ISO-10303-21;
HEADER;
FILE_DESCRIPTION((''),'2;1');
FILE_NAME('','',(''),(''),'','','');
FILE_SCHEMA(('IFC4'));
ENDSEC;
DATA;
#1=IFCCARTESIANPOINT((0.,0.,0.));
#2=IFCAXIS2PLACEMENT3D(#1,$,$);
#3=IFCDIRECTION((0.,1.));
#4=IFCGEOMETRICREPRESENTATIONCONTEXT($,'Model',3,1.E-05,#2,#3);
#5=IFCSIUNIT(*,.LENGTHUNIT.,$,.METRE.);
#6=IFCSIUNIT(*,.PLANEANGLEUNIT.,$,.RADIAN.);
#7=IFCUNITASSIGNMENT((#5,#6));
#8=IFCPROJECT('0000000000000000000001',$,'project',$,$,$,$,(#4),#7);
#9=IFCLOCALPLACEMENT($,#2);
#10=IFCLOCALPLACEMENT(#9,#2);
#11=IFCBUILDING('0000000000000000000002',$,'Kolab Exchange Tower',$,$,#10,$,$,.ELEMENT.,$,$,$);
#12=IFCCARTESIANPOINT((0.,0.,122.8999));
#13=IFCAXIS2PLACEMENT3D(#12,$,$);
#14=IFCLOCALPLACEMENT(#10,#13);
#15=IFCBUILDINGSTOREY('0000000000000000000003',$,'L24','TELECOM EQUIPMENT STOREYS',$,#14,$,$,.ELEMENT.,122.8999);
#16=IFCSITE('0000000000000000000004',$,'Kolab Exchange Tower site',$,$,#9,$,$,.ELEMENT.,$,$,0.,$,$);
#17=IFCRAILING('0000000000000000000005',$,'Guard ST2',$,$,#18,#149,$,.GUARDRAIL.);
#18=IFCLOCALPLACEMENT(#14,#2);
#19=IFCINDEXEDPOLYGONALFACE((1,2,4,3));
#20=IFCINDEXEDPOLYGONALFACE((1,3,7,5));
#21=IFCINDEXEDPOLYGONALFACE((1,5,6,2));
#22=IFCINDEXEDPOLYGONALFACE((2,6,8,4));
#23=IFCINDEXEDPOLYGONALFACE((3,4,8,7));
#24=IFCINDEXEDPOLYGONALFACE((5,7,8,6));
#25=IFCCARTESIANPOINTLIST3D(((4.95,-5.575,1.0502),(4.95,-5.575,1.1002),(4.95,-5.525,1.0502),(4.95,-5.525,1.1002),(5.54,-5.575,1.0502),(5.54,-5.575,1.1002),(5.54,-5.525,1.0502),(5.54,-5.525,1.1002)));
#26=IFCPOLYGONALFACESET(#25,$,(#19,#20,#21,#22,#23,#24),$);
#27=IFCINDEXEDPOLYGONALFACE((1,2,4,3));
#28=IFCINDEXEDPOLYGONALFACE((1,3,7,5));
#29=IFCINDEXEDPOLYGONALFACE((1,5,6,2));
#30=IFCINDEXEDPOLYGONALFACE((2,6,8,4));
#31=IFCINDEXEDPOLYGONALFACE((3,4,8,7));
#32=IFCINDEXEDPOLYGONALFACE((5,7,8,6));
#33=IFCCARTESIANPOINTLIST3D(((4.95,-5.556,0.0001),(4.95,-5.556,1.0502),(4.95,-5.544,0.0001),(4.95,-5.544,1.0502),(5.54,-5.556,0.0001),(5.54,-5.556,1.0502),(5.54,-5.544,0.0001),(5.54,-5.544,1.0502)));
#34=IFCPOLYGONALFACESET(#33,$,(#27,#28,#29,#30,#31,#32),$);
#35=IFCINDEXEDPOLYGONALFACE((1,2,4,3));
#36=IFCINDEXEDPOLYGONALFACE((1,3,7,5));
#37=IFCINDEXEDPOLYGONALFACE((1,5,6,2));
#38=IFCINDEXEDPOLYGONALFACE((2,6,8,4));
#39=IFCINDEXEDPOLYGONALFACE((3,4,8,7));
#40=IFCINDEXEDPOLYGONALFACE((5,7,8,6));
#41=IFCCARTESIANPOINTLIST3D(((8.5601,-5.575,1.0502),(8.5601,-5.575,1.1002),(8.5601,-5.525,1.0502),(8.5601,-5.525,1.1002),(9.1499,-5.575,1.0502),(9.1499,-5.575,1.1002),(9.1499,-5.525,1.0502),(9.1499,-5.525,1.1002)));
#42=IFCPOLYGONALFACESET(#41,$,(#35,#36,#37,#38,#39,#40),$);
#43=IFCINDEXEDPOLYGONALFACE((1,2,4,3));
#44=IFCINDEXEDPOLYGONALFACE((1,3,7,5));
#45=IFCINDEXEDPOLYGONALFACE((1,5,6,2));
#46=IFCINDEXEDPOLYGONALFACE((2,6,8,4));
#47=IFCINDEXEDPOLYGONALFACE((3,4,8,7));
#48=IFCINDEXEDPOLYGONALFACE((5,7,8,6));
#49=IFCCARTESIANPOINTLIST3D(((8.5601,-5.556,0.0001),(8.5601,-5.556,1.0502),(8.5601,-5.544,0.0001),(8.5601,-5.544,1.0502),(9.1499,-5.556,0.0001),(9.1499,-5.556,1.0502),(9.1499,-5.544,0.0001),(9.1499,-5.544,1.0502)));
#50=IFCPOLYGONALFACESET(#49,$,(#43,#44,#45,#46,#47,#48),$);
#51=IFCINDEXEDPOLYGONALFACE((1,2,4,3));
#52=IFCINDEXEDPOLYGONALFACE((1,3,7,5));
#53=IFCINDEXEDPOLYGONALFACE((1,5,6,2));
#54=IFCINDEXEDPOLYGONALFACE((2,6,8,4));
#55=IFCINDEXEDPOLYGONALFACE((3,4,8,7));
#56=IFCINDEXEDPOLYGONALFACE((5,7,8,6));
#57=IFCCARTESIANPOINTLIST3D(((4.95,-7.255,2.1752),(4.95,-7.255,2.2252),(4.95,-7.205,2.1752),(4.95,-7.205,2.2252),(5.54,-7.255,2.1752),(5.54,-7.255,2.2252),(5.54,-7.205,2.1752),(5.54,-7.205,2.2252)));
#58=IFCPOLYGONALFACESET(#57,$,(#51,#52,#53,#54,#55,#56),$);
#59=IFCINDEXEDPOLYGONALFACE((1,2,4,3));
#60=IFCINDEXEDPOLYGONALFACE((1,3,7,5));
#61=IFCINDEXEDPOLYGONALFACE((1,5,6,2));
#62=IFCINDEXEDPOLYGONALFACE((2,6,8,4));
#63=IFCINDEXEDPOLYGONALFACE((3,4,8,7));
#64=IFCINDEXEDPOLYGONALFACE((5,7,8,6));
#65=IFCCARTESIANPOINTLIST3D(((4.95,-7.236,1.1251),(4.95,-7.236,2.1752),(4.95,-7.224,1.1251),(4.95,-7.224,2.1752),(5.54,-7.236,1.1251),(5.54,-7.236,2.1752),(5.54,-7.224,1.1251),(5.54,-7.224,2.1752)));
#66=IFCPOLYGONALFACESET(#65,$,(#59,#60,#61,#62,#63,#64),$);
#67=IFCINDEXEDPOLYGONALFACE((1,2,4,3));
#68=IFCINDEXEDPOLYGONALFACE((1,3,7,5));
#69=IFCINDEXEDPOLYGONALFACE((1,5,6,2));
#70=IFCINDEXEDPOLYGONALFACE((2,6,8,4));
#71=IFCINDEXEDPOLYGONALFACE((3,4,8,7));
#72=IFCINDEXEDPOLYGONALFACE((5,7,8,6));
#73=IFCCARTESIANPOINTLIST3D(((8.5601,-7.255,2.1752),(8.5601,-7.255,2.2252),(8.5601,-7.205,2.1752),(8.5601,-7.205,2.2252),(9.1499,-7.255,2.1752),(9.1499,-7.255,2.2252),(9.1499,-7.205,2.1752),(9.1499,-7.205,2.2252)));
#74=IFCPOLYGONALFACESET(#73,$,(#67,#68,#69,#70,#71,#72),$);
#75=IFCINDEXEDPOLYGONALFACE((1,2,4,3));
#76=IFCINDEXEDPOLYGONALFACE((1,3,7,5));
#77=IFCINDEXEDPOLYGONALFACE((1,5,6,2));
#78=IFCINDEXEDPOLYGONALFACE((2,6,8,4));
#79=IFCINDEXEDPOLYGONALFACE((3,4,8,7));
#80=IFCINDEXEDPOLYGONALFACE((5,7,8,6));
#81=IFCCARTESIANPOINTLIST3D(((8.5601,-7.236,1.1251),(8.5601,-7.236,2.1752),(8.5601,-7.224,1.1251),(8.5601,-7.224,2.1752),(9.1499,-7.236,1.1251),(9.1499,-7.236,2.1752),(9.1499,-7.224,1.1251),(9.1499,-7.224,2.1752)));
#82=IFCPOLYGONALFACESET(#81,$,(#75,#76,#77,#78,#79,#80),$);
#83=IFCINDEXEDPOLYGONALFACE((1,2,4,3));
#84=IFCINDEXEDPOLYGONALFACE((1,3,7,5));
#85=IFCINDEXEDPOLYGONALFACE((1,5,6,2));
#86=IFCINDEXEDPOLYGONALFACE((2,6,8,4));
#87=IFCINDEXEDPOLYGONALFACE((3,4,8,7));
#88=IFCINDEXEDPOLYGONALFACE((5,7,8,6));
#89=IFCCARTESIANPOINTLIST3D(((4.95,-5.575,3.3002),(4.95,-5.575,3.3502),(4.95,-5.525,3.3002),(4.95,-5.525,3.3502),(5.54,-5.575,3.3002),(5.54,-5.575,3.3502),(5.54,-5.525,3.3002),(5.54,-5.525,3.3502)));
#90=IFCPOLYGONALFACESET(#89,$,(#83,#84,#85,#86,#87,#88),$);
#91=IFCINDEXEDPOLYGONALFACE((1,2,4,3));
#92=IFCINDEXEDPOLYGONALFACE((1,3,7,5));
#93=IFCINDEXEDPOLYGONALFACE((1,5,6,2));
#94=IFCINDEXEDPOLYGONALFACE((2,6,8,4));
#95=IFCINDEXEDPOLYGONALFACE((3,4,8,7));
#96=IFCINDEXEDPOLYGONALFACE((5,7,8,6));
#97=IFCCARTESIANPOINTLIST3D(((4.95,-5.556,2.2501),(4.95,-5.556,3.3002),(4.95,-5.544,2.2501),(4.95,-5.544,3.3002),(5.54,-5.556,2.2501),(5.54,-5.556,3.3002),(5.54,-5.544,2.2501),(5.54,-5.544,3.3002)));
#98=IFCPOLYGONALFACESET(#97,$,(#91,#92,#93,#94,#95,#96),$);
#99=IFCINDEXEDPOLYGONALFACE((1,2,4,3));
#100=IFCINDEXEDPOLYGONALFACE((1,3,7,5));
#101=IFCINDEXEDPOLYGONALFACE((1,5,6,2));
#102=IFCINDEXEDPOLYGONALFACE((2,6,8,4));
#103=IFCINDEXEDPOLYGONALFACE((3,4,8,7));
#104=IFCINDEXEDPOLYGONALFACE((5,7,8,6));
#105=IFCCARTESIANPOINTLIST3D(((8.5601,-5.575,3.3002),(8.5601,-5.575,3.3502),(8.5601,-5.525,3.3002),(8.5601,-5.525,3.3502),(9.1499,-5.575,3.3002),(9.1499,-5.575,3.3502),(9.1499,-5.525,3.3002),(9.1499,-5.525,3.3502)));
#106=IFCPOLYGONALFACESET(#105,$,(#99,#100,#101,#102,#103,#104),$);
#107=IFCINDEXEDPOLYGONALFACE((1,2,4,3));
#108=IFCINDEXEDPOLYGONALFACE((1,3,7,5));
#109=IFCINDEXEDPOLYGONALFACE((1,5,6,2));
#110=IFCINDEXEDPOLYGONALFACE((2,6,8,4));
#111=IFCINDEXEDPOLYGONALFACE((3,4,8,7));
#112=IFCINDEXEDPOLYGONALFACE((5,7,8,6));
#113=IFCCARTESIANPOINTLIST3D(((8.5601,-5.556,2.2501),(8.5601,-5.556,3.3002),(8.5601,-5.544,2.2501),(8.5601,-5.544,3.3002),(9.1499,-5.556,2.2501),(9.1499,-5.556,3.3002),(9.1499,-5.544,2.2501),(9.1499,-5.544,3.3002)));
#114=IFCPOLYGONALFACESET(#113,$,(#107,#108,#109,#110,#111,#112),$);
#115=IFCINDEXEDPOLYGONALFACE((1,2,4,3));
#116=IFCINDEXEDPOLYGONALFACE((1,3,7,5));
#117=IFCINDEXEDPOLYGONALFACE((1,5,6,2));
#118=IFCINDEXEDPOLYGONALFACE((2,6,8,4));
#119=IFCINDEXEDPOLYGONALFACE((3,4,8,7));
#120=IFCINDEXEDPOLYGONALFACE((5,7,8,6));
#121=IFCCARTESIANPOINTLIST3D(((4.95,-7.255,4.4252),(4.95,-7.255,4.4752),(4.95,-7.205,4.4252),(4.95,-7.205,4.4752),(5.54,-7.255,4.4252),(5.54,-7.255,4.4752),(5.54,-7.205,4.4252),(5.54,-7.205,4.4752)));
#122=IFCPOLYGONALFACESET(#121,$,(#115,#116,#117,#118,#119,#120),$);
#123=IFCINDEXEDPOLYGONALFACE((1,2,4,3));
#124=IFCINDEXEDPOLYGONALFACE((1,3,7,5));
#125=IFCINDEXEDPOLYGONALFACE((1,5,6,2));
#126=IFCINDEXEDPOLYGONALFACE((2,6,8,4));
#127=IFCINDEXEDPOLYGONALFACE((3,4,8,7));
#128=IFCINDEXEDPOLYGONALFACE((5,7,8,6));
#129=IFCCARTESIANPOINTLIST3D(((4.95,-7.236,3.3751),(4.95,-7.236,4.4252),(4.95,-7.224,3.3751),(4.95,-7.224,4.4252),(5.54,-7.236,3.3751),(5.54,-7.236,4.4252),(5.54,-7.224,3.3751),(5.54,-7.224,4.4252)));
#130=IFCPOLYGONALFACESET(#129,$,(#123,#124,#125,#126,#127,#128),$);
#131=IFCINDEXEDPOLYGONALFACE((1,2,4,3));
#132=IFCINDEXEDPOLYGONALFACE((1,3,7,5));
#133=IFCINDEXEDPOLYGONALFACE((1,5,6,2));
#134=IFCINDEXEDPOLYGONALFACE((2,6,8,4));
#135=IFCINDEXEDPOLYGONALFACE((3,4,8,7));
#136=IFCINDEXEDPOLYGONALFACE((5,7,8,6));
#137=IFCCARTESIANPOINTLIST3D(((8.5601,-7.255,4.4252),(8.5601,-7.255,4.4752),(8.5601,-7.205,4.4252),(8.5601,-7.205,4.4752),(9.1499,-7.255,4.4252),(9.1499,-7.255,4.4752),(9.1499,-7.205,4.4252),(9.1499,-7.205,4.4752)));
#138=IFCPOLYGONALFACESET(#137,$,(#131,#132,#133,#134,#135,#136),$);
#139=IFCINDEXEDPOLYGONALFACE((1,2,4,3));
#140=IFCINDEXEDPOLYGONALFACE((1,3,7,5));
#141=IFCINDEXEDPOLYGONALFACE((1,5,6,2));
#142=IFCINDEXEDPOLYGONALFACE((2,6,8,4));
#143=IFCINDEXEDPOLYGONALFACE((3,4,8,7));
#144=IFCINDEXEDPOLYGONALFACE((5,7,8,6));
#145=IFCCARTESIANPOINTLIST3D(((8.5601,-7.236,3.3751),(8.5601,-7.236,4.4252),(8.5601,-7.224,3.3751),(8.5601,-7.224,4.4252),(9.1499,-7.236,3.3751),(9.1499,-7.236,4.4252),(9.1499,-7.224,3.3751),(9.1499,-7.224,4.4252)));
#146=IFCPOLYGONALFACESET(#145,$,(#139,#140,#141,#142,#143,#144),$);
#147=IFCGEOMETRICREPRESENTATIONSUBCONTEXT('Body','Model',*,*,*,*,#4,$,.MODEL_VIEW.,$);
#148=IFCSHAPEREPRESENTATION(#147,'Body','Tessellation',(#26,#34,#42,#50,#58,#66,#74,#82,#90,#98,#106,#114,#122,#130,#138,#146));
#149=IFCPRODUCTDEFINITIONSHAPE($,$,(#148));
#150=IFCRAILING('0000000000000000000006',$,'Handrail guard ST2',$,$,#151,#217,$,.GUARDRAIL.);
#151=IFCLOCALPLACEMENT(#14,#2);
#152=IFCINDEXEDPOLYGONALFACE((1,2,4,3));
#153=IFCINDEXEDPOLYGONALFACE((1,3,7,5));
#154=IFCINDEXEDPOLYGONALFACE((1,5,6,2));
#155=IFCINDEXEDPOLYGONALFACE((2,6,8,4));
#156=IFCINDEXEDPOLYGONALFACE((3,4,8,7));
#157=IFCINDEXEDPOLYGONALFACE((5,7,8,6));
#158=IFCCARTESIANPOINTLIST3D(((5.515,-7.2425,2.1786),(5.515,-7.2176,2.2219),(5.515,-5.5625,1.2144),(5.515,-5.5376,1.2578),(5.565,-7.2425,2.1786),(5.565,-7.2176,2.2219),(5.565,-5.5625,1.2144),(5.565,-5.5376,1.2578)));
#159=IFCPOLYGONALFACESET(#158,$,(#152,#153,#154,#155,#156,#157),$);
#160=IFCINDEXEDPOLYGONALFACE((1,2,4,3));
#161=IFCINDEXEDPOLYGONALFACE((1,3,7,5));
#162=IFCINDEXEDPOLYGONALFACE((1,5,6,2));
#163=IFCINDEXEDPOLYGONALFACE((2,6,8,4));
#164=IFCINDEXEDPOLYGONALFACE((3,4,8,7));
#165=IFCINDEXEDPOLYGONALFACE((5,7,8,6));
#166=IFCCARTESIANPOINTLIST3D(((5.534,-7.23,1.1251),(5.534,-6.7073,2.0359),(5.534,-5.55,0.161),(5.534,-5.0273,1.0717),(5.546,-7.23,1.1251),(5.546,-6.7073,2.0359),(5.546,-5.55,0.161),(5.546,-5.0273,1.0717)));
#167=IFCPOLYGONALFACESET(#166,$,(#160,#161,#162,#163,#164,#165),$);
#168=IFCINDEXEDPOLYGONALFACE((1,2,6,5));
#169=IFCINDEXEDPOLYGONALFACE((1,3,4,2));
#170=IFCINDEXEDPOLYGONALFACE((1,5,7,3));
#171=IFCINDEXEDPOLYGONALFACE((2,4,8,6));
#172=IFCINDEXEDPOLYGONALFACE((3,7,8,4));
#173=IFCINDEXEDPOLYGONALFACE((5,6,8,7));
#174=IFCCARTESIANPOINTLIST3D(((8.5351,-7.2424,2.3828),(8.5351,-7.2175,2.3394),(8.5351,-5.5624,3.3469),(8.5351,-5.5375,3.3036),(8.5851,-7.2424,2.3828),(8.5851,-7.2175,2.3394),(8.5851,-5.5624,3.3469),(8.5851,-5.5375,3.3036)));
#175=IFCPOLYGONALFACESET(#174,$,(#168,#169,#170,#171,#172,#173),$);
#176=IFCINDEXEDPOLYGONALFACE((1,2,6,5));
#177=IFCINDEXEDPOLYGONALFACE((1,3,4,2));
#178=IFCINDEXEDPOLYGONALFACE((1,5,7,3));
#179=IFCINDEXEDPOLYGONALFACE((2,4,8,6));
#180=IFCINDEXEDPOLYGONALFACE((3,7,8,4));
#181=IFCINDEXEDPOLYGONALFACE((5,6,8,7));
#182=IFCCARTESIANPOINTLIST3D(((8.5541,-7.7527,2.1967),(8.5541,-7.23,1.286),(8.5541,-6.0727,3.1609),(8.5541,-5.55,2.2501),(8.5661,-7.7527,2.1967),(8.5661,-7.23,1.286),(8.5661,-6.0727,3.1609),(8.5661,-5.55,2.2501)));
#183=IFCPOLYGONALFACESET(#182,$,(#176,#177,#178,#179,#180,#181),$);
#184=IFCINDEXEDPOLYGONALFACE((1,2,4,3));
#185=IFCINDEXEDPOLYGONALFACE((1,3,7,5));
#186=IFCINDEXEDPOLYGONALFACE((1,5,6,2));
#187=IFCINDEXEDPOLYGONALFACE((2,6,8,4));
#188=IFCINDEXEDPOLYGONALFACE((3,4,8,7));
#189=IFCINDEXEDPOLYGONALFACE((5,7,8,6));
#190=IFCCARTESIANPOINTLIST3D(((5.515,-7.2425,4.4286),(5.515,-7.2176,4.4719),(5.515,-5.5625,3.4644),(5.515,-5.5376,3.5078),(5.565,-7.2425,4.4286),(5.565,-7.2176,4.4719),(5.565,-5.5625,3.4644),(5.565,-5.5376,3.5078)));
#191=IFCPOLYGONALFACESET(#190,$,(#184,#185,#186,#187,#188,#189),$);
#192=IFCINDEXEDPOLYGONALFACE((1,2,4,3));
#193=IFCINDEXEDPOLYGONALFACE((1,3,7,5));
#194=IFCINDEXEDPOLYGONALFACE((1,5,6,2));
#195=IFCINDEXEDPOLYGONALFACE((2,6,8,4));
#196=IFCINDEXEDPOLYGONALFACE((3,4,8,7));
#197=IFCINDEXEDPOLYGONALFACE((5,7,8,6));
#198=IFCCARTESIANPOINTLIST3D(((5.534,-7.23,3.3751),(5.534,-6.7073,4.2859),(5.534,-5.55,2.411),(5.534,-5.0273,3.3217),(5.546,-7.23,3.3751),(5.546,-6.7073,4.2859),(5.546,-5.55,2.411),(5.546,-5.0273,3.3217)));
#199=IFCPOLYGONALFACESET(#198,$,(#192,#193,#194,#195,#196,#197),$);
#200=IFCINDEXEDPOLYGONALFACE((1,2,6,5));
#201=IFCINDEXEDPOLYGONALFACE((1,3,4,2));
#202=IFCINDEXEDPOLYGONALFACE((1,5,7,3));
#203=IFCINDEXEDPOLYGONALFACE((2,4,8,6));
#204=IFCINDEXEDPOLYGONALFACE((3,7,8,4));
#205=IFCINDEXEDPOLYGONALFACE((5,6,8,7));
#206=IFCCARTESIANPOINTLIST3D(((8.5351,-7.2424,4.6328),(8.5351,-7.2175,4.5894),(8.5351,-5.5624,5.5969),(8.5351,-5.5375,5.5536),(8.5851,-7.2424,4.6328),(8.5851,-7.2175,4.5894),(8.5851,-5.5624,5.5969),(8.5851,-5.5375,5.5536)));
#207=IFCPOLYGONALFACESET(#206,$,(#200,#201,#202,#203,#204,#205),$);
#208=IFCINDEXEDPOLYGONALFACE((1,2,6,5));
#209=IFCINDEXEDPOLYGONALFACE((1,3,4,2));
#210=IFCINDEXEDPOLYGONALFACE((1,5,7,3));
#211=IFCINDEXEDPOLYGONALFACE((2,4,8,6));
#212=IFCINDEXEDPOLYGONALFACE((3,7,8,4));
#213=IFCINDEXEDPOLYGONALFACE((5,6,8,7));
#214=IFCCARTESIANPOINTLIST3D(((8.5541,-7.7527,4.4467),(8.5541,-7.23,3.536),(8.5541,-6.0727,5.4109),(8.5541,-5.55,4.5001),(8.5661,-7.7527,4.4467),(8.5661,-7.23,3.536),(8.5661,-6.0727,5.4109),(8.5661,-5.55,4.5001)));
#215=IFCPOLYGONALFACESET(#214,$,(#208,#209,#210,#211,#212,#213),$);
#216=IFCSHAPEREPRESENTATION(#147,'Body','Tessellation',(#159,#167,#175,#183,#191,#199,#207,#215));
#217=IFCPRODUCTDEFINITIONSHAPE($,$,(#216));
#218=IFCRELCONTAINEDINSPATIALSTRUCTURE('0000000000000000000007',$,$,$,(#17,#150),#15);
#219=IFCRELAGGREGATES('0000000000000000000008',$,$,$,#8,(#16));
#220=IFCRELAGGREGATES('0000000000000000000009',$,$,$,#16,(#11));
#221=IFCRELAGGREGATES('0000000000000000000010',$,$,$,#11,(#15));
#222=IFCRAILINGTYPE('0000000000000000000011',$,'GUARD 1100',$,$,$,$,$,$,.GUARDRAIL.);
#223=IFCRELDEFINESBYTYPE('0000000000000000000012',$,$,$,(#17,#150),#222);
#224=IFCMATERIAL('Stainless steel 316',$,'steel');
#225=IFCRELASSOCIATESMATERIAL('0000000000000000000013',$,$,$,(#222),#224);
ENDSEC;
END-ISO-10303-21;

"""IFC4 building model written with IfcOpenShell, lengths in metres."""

from ifc_helpers import new_model, si_unit, direction, frame, frame_2d, origin, origin_2d, place, context, subcontext, project, spatial, rectangle, extrude, material, type_object, element, save


model = new_model("IFC4")

# Units and contexts
model_context = context("Model", 3, precision=1e-05, world=origin(), true_north=direction((0.0, 1.0)))
body_context = subcontext(model_context, "Body", "Model", "MODEL_VIEW")
ifc_project = project(units=[si_unit("LENGTHUNIT", "METRE"), si_unit("PLANEANGLEUNIT", "RADIAN")], contexts=[model_context])

# Site, building, storey
site_placement = place(None, origin())
site = spatial("IfcSite", under=ifc_project, at=site_placement, Name="Kolab Exchange Tower site", CompositionType="ELEMENT", RefElevation=0.0)
building_placement = place(site_placement, origin())
building = spatial("IfcBuilding", under=site, at=building_placement, Name="Kolab Exchange Tower", CompositionType="ELEMENT")
storey_placement = place(building_placement, frame((0.0, 0.0, 122.8999)))
storey = spatial("IfcBuildingStorey", under=building, at=storey_placement, Name="L24", Description="TELECOM EQUIPMENT STOREYS", CompositionType="ELEMENT", Elevation=122.8999)

# Shared definitions
ifc_material_1 = material(Name="Stainless steel 316", Category="steel")

# Railings
railing_type = type_object("IfcRailingType", Name="GUARD 1100", PredefinedType="GUARDRAIL", material=ifc_material_1)
railing_1_placement = place(storey_placement, frame((4.95, -5.55, 0.0)))
element("IfcRailing", 1, at=railing_1_placement, inside=storey, type_object=railing_type, Name="Guard ST2", PredefinedType="GUARDRAIL", context=body_context, shape_type="SweptSolid", body=[
    extrude(rectangle(XDim=0.05, YDim=0.05, at=origin_2d()), frame((0.0, 0.0, 1.0752), z_axis=(1.0, 0.0, 0.0), x_axis=(0.0, 1.0, 0.0)), (0.0, 0.0, 1.0), 0.5901),
    extrude(rectangle(XDim=0.012, YDim=1.0501, at=frame_2d((0.0, 0.5251))), frame((0.0, 0.0, 0.0), z_axis=(1.0, 0.0, 0.0), x_axis=(0.0, 1.0, 0.0)), (0.0, 0.0, 1.0), 0.5901),
    extrude(rectangle(XDim=0.05, YDim=0.05, at=origin_2d()), frame((3.6101, 0.0, 1.0752), z_axis=(1.0, 0.0, 0.0), x_axis=(0.0, 1.0, 0.0)), (0.0, 0.0, 1.0), 0.5898),
    extrude(rectangle(XDim=0.012, YDim=1.0501, at=frame_2d((0.0, 0.5251))), frame((3.6101, 0.0, 0.0), z_axis=(1.0, 0.0, 0.0), x_axis=(0.0, 1.0, 0.0)), (0.0, 0.0, 1.0), 0.5898),
    extrude(rectangle(XDim=0.05, YDim=0.05, at=origin_2d()), frame((0.0, -1.6799, 2.2002), z_axis=(1.0, 0.0, 0.0), x_axis=(0.0, 1.0, 0.0)), (0.0, 0.0, 1.0), 0.5901),
    extrude(rectangle(XDim=0.012, YDim=1.0501, at=frame_2d((0.0, 0.5251))), frame((0.0, -1.6799, 1.125), z_axis=(1.0, 0.0, 0.0), x_axis=(0.0, 1.0, 0.0)), (0.0, 0.0, 1.0), 0.5901),
    extrude(rectangle(XDim=0.05, YDim=0.05, at=origin_2d()), frame((3.6101, -1.6799, 2.2002), z_axis=(1.0, 0.0, 0.0), x_axis=(0.0, 1.0, 0.0)), (0.0, 0.0, 1.0), 0.5898),
    extrude(rectangle(XDim=0.012, YDim=1.0501, at=frame_2d((0.0, 0.5251))), frame((3.6101, -1.6799, 1.125), z_axis=(1.0, 0.0, 0.0), x_axis=(0.0, 1.0, 0.0)), (0.0, 0.0, 1.0), 0.5898),
    extrude(rectangle(XDim=0.05, YDim=0.05, at=origin_2d()), frame((0.0, 0.0, 3.3252), z_axis=(1.0, 0.0, 0.0), x_axis=(0.0, 1.0, 0.0)), (0.0, 0.0, 1.0), 0.5901),
    extrude(rectangle(XDim=0.012, YDim=1.0501, at=frame_2d((0.0, 0.5251))), frame((0.0, 0.0, 2.25), z_axis=(1.0, 0.0, 0.0), x_axis=(0.0, 1.0, 0.0)), (0.0, 0.0, 1.0), 0.5901),
    extrude(rectangle(XDim=0.05, YDim=0.05, at=origin_2d()), frame((3.6101, 0.0, 3.3252), z_axis=(1.0, 0.0, 0.0), x_axis=(0.0, 1.0, 0.0)), (0.0, 0.0, 1.0), 0.5898),
    extrude(rectangle(XDim=0.012, YDim=1.0501, at=frame_2d((0.0, 0.5251))), frame((3.6101, 0.0, 2.25), z_axis=(1.0, 0.0, 0.0), x_axis=(0.0, 1.0, 0.0)), (0.0, 0.0, 1.0), 0.5898),
    extrude(rectangle(XDim=0.05, YDim=0.05, at=origin_2d()), frame((0.0, -1.6799, 4.4502), z_axis=(1.0, 0.0, 0.0), x_axis=(0.0, 1.0, 0.0)), (0.0, 0.0, 1.0), 0.5901),
    extrude(rectangle(XDim=0.012, YDim=1.0501, at=frame_2d((0.0, 0.5251))), frame((0.0, -1.6799, 3.375), z_axis=(1.0, 0.0, 0.0), x_axis=(0.0, 1.0, 0.0)), (0.0, 0.0, 1.0), 0.5901),
    extrude(rectangle(XDim=0.05, YDim=0.05, at=origin_2d()), frame((3.6101, -1.6799, 4.4502), z_axis=(1.0, 0.0, 0.0), x_axis=(0.0, 1.0, 0.0)), (0.0, 0.0, 1.0), 0.5898),
    extrude(rectangle(XDim=0.012, YDim=1.0501, at=frame_2d((0.0, 0.5251))), frame((3.6101, -1.6799, 3.375), z_axis=(1.0, 0.0, 0.0), x_axis=(0.0, 1.0, 0.0)), (0.0, 0.0, 1.0), 0.5898),
])
railing_2_placement = place(storey_placement, frame((5.54, -5.55, 0.1609)))
element("IfcRailing", 2, at=railing_2_placement, inside=storey, type_object=railing_type, Name="Handrail guard ST2", PredefinedType="GUARDRAIL", context=body_context, shape_type="SweptSolid", body=[
    extrude(rectangle(XDim=0.05, YDim=0.05, at=origin_2d()), frame((0.0, 0.0, 1.0752), z_axis=(0.0, -0.867319, 0.497753), x_axis=(1.0, 0.0, 0.0)), (0.0, 0.0, 1.0), 1.937),
    extrude(rectangle(XDim=0.012, YDim=1.0501, at=frame_2d((0.0, 0.5251))), frame((0.0, 0.0, 0.0), z_axis=(0.0, -0.867319, 0.497753), x_axis=(1.0, 0.0, 0.0)), (0.0, 0.0, 1.0), 1.937),
    extrude(rectangle(XDim=0.05, YDim=0.05, at=origin_2d()), frame((3.02, -1.6799, 2.2002), z_axis=(0.0, 0.867319, 0.497753), x_axis=(-1.0, 0.0, 0.0)), (0.0, 0.0, 1.0), 1.937),
    extrude(rectangle(XDim=0.012, YDim=1.0501, at=frame_2d((0.0, 0.5251))), frame((3.02, -1.6799, 1.125), z_axis=(0.0, 0.867319, 0.497753), x_axis=(-1.0, 0.0, 0.0)), (0.0, 0.0, 1.0), 1.937),
    extrude(rectangle(XDim=0.05, YDim=0.05, at=origin_2d()), frame((0.0, 0.0, 3.3252), z_axis=(0.0, -0.867319, 0.497753), x_axis=(1.0, 0.0, 0.0)), (0.0, 0.0, 1.0), 1.937),
    extrude(rectangle(XDim=0.012, YDim=1.0501, at=frame_2d((0.0, 0.5251))), frame((0.0, 0.0, 2.25), z_axis=(0.0, -0.867319, 0.497753), x_axis=(1.0, 0.0, 0.0)), (0.0, 0.0, 1.0), 1.937),
    extrude(rectangle(XDim=0.05, YDim=0.05, at=origin_2d()), frame((3.02, -1.6799, 4.4502), z_axis=(0.0, 0.867319, 0.497753), x_axis=(-1.0, 0.0, 0.0)), (0.0, 0.0, 1.0), 1.937),
    extrude(rectangle(XDim=0.012, YDim=1.0501, at=frame_2d((0.0, 0.5251))), frame((3.02, -1.6799, 3.375), z_axis=(0.0, 0.867319, 0.497753), x_axis=(-1.0, 0.0, 0.0)), (0.0, 0.0, 1.0), 1.937),
])

save(model, "model.ifc")
